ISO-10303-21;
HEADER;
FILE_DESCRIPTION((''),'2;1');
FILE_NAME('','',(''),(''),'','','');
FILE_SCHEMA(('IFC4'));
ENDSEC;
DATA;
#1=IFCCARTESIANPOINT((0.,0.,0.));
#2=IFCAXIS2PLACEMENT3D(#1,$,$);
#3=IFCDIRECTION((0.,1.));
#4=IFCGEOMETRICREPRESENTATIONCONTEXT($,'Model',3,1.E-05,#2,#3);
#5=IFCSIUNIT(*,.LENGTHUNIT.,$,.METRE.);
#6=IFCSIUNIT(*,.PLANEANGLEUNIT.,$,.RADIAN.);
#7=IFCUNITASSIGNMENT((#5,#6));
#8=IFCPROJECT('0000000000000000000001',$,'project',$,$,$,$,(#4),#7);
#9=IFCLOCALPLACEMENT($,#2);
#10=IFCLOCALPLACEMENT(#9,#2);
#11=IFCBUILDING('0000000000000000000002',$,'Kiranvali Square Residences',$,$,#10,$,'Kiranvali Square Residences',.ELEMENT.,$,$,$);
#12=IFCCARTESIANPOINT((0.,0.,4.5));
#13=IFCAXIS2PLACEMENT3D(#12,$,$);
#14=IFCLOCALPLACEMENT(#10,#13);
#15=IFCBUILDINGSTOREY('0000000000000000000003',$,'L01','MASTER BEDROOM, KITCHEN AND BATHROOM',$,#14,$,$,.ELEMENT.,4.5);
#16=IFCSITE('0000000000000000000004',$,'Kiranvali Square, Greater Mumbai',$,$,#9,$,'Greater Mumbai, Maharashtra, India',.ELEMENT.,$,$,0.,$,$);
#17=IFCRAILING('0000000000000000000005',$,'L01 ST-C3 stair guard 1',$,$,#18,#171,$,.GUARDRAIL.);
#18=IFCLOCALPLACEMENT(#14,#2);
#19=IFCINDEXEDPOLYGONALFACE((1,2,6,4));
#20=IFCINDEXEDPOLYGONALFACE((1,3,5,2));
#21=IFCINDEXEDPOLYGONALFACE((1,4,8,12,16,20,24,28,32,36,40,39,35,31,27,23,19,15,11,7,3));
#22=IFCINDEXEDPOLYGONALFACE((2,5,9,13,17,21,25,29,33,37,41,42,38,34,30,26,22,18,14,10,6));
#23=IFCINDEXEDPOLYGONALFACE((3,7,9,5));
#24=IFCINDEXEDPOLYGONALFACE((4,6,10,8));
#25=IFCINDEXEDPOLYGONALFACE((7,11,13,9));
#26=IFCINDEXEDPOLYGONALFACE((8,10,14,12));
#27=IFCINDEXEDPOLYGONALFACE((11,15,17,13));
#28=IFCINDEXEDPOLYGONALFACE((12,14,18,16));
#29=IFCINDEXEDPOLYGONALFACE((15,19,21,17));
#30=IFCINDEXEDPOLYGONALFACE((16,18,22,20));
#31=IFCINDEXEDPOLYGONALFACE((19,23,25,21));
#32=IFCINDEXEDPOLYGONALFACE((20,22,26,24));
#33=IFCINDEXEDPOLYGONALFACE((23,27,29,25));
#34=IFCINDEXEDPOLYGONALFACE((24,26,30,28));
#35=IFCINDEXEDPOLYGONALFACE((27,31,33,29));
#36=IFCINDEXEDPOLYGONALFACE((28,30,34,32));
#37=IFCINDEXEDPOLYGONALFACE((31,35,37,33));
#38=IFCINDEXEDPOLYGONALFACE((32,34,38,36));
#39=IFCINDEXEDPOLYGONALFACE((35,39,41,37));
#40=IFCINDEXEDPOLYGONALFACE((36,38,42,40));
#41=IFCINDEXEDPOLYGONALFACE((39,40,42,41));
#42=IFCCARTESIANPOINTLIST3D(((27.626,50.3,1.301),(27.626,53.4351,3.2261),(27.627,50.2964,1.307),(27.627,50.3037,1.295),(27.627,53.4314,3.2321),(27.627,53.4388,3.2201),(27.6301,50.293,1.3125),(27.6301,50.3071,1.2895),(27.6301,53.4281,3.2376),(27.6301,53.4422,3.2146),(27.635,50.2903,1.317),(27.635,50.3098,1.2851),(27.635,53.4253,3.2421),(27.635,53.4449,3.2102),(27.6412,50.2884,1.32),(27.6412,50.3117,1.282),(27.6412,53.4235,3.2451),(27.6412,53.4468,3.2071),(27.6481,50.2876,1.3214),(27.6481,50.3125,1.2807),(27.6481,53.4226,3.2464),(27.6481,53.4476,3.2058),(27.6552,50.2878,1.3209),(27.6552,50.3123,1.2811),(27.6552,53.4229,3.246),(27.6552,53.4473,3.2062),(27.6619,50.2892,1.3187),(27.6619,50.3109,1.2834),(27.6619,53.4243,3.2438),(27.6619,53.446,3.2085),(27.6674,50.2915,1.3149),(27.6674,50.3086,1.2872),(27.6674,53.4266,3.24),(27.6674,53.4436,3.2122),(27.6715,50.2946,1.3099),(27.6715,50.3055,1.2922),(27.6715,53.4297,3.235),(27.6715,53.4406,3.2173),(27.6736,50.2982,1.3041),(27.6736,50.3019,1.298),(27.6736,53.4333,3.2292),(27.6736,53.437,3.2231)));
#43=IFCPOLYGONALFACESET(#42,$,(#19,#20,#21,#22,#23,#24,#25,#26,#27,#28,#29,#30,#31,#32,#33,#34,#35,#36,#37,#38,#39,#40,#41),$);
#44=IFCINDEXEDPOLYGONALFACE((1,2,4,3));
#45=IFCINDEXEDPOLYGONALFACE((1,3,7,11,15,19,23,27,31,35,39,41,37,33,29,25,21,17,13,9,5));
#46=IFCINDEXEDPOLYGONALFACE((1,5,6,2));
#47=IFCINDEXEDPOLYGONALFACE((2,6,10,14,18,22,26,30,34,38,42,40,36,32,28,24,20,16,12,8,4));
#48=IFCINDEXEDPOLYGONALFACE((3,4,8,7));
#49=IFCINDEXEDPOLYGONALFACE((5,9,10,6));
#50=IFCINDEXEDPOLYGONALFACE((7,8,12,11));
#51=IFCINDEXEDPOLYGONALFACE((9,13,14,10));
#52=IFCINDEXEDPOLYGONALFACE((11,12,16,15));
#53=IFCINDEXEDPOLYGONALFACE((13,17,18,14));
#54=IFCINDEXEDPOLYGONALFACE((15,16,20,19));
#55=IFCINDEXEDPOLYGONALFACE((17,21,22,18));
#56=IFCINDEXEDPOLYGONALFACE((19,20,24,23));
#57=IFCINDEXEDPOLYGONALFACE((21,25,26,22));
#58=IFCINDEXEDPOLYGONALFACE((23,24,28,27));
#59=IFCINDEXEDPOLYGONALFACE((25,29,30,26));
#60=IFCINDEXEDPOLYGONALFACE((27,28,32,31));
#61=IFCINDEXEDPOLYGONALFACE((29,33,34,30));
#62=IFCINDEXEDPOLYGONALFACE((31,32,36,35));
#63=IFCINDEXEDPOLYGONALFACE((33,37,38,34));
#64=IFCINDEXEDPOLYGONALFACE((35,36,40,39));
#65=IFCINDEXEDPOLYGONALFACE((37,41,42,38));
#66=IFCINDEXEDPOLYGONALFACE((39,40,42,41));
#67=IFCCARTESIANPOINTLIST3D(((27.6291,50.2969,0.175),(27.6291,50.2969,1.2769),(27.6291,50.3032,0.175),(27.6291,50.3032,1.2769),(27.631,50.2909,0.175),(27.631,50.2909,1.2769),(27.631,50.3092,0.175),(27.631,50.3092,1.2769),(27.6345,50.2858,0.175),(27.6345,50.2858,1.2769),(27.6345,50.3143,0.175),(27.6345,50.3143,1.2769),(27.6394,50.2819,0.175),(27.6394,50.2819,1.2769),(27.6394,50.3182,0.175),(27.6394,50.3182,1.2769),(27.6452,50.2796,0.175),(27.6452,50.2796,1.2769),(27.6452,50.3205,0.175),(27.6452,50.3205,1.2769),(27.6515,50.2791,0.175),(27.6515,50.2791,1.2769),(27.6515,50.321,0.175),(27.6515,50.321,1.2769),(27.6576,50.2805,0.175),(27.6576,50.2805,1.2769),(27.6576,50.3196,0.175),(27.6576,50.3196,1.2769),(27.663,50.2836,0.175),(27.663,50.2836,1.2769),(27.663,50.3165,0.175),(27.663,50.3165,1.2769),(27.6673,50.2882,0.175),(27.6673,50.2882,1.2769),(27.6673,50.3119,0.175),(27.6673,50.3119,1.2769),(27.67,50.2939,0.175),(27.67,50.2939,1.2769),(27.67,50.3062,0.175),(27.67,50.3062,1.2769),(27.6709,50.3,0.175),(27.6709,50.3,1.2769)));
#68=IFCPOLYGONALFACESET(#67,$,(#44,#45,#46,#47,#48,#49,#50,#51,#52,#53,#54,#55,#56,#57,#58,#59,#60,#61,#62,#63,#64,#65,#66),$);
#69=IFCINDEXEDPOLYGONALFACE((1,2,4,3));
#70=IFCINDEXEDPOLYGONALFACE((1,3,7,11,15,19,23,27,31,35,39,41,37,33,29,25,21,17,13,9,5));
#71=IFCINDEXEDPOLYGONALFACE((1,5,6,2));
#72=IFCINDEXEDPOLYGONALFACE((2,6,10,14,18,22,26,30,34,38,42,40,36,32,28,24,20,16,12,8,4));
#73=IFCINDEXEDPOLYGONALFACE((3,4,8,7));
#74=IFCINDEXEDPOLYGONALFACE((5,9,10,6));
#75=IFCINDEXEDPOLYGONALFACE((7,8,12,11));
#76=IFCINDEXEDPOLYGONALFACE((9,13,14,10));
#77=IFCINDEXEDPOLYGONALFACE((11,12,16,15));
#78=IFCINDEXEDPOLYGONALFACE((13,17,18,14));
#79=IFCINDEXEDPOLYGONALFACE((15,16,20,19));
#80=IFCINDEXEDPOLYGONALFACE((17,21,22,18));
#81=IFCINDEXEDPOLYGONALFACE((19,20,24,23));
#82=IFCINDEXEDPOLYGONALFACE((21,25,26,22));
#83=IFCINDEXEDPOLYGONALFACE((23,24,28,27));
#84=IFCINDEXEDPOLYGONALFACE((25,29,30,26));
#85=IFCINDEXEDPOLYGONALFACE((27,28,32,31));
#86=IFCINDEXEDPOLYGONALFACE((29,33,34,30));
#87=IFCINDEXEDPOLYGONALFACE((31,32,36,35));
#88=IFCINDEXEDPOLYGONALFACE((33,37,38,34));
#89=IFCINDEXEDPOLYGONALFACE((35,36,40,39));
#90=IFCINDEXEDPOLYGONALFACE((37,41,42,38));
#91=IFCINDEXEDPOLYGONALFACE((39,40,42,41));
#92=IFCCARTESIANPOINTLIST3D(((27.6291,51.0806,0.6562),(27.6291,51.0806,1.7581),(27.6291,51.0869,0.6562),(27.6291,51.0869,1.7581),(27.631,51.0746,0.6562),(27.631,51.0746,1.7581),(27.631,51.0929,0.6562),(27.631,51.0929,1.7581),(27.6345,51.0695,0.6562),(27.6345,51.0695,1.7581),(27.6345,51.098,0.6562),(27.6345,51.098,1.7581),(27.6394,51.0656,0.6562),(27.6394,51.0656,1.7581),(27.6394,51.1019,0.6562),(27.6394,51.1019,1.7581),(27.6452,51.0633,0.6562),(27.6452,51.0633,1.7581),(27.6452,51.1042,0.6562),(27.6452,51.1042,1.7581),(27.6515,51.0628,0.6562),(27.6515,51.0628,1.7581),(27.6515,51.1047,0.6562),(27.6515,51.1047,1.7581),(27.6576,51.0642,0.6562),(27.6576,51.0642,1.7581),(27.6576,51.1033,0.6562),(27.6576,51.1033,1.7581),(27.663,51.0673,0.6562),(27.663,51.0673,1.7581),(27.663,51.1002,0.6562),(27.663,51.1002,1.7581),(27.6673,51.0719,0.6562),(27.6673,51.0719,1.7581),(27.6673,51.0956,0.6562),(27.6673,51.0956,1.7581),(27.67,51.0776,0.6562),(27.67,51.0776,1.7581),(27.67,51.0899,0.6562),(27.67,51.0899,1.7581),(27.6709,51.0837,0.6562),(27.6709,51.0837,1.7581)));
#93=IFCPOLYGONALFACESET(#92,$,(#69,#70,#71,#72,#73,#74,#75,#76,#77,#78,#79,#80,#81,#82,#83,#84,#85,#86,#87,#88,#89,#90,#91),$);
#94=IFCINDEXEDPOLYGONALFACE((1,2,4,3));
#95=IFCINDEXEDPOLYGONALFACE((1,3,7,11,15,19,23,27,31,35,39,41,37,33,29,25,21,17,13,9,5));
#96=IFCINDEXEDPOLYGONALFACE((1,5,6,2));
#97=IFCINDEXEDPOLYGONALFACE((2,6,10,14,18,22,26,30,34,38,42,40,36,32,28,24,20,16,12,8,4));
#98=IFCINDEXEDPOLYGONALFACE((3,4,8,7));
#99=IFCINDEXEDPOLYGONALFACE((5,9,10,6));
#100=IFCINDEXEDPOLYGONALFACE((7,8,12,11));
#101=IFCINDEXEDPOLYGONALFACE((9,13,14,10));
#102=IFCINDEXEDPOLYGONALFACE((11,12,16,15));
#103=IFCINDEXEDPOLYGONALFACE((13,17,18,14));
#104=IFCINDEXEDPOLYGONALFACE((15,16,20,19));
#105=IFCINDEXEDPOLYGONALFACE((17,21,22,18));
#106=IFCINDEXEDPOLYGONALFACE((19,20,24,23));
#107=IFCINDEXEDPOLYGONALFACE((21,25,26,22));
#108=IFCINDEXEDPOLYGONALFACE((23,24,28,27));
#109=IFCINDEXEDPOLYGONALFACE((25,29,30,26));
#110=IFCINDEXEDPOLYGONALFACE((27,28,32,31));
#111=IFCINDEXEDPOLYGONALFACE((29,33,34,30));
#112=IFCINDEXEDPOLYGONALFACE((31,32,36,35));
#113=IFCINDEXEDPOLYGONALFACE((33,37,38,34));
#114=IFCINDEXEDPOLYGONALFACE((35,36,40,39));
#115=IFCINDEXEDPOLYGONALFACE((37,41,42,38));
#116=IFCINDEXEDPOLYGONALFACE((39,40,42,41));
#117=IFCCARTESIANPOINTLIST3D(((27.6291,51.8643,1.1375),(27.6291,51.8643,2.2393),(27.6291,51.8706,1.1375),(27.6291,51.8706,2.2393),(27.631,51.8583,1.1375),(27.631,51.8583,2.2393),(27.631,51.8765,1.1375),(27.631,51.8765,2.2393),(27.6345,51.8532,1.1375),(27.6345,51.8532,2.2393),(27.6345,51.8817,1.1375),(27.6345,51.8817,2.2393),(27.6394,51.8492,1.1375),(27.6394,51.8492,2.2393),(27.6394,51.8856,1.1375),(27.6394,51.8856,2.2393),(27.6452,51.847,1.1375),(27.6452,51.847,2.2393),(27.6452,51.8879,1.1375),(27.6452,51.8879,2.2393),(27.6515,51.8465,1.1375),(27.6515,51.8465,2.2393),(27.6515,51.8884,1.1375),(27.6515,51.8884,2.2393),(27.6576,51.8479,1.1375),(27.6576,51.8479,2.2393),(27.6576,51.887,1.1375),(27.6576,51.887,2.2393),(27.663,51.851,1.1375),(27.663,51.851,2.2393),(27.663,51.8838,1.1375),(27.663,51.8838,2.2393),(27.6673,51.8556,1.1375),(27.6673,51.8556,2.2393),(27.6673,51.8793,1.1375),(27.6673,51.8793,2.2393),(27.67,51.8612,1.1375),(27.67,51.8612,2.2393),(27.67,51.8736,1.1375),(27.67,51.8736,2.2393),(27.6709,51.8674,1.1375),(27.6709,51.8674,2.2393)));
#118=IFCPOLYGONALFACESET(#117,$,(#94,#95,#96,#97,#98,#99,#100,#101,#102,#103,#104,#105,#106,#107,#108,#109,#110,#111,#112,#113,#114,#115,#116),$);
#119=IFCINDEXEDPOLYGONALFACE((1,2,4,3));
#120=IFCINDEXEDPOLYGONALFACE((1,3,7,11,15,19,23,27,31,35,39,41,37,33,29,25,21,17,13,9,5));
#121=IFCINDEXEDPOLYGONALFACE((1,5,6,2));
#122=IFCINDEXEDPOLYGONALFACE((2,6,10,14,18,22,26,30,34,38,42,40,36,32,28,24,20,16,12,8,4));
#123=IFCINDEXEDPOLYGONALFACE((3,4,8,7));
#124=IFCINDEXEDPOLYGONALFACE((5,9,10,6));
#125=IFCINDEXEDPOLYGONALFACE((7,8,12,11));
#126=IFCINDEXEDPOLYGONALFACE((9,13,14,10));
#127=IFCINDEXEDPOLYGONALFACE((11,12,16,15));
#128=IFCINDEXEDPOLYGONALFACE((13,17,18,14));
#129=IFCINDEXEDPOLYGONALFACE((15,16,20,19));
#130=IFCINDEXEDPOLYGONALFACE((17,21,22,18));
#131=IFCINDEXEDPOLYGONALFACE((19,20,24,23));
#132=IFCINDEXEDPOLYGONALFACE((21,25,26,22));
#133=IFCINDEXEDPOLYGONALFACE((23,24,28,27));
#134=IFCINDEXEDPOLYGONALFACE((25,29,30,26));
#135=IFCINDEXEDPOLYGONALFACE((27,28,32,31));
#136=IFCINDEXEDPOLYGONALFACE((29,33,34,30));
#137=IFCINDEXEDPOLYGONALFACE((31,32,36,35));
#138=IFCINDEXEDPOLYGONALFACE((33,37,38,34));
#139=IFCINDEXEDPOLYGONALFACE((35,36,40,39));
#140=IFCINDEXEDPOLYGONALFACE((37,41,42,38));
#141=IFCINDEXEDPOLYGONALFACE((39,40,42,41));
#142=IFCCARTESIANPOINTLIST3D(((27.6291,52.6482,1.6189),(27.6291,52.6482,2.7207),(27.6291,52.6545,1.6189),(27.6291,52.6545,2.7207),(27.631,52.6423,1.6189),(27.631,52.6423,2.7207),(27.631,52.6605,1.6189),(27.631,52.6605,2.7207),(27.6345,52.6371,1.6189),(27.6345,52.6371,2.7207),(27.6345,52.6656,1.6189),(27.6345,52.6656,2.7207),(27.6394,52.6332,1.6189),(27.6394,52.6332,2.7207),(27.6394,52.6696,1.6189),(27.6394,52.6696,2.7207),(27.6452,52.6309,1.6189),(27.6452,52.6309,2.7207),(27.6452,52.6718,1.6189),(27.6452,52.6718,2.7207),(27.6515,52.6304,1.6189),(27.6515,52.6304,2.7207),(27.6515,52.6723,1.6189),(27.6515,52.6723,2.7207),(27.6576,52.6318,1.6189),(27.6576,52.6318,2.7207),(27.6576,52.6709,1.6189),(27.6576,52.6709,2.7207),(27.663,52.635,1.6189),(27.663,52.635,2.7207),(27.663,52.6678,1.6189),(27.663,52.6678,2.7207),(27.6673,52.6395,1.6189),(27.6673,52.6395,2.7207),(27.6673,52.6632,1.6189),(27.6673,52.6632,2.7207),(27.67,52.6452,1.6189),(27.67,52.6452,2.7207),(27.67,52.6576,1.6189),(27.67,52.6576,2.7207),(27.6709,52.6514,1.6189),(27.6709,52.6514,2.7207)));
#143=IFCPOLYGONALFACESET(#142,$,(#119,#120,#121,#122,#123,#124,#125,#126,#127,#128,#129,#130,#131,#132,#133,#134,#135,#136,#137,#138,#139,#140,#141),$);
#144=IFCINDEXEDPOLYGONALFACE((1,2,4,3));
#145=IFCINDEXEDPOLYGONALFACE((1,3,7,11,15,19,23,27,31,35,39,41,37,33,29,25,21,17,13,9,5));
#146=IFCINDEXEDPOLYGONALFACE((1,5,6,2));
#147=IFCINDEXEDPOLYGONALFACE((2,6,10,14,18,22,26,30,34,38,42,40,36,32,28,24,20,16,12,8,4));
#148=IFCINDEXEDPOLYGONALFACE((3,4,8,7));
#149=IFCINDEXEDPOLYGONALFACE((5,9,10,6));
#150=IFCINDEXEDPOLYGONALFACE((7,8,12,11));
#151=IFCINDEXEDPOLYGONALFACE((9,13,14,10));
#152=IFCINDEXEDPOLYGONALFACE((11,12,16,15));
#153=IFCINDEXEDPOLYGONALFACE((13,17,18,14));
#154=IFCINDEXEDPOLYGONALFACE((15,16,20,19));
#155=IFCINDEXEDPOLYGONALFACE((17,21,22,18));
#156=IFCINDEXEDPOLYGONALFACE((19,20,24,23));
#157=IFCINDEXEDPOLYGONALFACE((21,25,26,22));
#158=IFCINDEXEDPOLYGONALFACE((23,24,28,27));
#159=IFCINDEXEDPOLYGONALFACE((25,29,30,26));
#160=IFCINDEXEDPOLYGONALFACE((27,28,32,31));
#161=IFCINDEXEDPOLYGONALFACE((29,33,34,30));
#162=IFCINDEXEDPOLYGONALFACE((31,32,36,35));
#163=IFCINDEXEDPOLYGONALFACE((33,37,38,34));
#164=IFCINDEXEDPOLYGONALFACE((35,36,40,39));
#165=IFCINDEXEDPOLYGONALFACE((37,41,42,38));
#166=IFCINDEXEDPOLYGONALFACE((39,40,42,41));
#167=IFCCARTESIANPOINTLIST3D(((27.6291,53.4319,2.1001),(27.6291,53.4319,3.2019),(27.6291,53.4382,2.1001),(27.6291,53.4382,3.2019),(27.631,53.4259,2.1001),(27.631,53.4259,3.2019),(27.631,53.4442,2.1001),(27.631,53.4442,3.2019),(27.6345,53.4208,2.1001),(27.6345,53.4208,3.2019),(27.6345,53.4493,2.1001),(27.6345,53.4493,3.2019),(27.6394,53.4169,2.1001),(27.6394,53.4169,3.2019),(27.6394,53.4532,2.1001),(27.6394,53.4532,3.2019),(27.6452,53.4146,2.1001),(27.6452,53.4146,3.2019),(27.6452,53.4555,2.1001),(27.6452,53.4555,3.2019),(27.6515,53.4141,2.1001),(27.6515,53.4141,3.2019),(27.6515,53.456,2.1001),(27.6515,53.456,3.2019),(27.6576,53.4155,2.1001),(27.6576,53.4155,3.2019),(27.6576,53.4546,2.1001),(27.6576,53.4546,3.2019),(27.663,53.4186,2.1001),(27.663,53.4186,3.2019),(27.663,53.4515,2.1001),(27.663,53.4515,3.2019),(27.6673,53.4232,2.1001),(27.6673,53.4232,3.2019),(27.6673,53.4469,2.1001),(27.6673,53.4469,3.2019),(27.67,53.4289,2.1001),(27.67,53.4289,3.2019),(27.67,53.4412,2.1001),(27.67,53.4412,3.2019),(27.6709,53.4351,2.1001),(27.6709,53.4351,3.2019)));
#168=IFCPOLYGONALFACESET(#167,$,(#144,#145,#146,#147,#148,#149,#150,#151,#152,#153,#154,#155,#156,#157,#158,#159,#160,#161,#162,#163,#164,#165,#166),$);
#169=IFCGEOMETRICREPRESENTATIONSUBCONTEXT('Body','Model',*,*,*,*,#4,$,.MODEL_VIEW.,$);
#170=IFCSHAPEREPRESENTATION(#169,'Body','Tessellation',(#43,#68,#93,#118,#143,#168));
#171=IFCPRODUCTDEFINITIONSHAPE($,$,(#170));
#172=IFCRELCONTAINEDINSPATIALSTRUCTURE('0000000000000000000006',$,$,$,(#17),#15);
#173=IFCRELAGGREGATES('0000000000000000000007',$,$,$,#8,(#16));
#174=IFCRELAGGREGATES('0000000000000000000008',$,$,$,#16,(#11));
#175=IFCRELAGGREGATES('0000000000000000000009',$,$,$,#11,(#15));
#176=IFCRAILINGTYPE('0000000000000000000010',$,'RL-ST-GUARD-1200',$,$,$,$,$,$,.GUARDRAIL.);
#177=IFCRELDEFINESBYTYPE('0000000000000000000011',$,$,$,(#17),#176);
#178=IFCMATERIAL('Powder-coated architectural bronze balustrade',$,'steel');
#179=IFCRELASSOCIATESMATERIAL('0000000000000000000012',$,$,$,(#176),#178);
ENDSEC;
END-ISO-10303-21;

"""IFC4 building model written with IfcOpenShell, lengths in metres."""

from ifc_helpers import new_model, si_unit, direction, frame, origin, origin_2d, place, context, subcontext, project, spatial, circle, extrude, material, type_object, element, save


model = new_model("IFC4")

# Units and contexts
model_context = context("Model", 3, precision=1e-05, world=origin(), true_north=direction((0.0, 1.0)))
body_context = subcontext(model_context, "Body", "Model", "MODEL_VIEW")
ifc_project = project(units=[si_unit("LENGTHUNIT", "METRE"), si_unit("PLANEANGLEUNIT", "RADIAN")], contexts=[model_context])

# Site, building, storey
site_placement = place(None, origin())
site = spatial("IfcSite", under=ifc_project, at=site_placement, Name="Kiranvali Square, Greater Mumbai", LongName="Greater Mumbai, Maharashtra, India", CompositionType="ELEMENT", RefElevation=0.0)
building_placement = place(site_placement, origin())
building = spatial("IfcBuilding", under=site, at=building_placement, Name="Kiranvali Square Residences", LongName="Kiranvali Square Residences", CompositionType="ELEMENT")
storey_placement = place(building_placement, frame((0.0, 0.0, 4.5)))
storey = spatial("IfcBuildingStorey", under=building, at=storey_placement, Name="L01", Description="MASTER BEDROOM, KITCHEN AND BATHROOM", CompositionType="ELEMENT", Elevation=4.5)

# Railing
ifc_material_1 = material(Name="Powder-coated architectural bronze balustrade", Category="steel")
railing_type_1 = type_object("IfcRailingType", Name="RL-ST-GUARD-1200", PredefinedType="GUARDRAIL", material=ifc_material_1)
railing_1_placement = place(storey_placement, frame((27.6499, 50.3, 0.175)))
element("IfcRailing", 1, at=railing_1_placement, inside=storey, type_object=railing_type_1, Name="L01 ST-C3 stair guard 1", PredefinedType="GUARDRAIL", context=body_context, shape_type="SweptSolid", body=[
    extrude(circle(Radius=0.0239, at=origin_2d()), frame((0.0, 0.0, 1.126), z_axis=(0.0, 0.852166, 0.523271), x_axis=(-1.0, 0.0, 0.0)), (0.0, 0.0, 1.0), 3.679),
    extrude(circle(Radius=0.021, at=origin_2d()), origin(), (0.0, 0.0, 1.0), 1.1018),
    extrude(circle(Radius=0.021, at=origin_2d()), frame((0.0, 0.7837, 0.4812)), (0.0, 0.0, 1.0), 1.1018),
    extrude(circle(Radius=0.021, at=origin_2d()), frame((0.0, 1.5674, 0.9624)), (0.0, 0.0, 1.0), 1.1018),
    extrude(circle(Radius=0.021, at=origin_2d()), frame((0.0, 2.3513, 1.4438)), (0.0, 0.0, 1.0), 1.1018),
    extrude(circle(Radius=0.021, at=origin_2d()), frame((0.0, 3.135, 1.925)), (0.0, 0.0, 1.0), 1.1018),
])

save(model, "model.ifc")
